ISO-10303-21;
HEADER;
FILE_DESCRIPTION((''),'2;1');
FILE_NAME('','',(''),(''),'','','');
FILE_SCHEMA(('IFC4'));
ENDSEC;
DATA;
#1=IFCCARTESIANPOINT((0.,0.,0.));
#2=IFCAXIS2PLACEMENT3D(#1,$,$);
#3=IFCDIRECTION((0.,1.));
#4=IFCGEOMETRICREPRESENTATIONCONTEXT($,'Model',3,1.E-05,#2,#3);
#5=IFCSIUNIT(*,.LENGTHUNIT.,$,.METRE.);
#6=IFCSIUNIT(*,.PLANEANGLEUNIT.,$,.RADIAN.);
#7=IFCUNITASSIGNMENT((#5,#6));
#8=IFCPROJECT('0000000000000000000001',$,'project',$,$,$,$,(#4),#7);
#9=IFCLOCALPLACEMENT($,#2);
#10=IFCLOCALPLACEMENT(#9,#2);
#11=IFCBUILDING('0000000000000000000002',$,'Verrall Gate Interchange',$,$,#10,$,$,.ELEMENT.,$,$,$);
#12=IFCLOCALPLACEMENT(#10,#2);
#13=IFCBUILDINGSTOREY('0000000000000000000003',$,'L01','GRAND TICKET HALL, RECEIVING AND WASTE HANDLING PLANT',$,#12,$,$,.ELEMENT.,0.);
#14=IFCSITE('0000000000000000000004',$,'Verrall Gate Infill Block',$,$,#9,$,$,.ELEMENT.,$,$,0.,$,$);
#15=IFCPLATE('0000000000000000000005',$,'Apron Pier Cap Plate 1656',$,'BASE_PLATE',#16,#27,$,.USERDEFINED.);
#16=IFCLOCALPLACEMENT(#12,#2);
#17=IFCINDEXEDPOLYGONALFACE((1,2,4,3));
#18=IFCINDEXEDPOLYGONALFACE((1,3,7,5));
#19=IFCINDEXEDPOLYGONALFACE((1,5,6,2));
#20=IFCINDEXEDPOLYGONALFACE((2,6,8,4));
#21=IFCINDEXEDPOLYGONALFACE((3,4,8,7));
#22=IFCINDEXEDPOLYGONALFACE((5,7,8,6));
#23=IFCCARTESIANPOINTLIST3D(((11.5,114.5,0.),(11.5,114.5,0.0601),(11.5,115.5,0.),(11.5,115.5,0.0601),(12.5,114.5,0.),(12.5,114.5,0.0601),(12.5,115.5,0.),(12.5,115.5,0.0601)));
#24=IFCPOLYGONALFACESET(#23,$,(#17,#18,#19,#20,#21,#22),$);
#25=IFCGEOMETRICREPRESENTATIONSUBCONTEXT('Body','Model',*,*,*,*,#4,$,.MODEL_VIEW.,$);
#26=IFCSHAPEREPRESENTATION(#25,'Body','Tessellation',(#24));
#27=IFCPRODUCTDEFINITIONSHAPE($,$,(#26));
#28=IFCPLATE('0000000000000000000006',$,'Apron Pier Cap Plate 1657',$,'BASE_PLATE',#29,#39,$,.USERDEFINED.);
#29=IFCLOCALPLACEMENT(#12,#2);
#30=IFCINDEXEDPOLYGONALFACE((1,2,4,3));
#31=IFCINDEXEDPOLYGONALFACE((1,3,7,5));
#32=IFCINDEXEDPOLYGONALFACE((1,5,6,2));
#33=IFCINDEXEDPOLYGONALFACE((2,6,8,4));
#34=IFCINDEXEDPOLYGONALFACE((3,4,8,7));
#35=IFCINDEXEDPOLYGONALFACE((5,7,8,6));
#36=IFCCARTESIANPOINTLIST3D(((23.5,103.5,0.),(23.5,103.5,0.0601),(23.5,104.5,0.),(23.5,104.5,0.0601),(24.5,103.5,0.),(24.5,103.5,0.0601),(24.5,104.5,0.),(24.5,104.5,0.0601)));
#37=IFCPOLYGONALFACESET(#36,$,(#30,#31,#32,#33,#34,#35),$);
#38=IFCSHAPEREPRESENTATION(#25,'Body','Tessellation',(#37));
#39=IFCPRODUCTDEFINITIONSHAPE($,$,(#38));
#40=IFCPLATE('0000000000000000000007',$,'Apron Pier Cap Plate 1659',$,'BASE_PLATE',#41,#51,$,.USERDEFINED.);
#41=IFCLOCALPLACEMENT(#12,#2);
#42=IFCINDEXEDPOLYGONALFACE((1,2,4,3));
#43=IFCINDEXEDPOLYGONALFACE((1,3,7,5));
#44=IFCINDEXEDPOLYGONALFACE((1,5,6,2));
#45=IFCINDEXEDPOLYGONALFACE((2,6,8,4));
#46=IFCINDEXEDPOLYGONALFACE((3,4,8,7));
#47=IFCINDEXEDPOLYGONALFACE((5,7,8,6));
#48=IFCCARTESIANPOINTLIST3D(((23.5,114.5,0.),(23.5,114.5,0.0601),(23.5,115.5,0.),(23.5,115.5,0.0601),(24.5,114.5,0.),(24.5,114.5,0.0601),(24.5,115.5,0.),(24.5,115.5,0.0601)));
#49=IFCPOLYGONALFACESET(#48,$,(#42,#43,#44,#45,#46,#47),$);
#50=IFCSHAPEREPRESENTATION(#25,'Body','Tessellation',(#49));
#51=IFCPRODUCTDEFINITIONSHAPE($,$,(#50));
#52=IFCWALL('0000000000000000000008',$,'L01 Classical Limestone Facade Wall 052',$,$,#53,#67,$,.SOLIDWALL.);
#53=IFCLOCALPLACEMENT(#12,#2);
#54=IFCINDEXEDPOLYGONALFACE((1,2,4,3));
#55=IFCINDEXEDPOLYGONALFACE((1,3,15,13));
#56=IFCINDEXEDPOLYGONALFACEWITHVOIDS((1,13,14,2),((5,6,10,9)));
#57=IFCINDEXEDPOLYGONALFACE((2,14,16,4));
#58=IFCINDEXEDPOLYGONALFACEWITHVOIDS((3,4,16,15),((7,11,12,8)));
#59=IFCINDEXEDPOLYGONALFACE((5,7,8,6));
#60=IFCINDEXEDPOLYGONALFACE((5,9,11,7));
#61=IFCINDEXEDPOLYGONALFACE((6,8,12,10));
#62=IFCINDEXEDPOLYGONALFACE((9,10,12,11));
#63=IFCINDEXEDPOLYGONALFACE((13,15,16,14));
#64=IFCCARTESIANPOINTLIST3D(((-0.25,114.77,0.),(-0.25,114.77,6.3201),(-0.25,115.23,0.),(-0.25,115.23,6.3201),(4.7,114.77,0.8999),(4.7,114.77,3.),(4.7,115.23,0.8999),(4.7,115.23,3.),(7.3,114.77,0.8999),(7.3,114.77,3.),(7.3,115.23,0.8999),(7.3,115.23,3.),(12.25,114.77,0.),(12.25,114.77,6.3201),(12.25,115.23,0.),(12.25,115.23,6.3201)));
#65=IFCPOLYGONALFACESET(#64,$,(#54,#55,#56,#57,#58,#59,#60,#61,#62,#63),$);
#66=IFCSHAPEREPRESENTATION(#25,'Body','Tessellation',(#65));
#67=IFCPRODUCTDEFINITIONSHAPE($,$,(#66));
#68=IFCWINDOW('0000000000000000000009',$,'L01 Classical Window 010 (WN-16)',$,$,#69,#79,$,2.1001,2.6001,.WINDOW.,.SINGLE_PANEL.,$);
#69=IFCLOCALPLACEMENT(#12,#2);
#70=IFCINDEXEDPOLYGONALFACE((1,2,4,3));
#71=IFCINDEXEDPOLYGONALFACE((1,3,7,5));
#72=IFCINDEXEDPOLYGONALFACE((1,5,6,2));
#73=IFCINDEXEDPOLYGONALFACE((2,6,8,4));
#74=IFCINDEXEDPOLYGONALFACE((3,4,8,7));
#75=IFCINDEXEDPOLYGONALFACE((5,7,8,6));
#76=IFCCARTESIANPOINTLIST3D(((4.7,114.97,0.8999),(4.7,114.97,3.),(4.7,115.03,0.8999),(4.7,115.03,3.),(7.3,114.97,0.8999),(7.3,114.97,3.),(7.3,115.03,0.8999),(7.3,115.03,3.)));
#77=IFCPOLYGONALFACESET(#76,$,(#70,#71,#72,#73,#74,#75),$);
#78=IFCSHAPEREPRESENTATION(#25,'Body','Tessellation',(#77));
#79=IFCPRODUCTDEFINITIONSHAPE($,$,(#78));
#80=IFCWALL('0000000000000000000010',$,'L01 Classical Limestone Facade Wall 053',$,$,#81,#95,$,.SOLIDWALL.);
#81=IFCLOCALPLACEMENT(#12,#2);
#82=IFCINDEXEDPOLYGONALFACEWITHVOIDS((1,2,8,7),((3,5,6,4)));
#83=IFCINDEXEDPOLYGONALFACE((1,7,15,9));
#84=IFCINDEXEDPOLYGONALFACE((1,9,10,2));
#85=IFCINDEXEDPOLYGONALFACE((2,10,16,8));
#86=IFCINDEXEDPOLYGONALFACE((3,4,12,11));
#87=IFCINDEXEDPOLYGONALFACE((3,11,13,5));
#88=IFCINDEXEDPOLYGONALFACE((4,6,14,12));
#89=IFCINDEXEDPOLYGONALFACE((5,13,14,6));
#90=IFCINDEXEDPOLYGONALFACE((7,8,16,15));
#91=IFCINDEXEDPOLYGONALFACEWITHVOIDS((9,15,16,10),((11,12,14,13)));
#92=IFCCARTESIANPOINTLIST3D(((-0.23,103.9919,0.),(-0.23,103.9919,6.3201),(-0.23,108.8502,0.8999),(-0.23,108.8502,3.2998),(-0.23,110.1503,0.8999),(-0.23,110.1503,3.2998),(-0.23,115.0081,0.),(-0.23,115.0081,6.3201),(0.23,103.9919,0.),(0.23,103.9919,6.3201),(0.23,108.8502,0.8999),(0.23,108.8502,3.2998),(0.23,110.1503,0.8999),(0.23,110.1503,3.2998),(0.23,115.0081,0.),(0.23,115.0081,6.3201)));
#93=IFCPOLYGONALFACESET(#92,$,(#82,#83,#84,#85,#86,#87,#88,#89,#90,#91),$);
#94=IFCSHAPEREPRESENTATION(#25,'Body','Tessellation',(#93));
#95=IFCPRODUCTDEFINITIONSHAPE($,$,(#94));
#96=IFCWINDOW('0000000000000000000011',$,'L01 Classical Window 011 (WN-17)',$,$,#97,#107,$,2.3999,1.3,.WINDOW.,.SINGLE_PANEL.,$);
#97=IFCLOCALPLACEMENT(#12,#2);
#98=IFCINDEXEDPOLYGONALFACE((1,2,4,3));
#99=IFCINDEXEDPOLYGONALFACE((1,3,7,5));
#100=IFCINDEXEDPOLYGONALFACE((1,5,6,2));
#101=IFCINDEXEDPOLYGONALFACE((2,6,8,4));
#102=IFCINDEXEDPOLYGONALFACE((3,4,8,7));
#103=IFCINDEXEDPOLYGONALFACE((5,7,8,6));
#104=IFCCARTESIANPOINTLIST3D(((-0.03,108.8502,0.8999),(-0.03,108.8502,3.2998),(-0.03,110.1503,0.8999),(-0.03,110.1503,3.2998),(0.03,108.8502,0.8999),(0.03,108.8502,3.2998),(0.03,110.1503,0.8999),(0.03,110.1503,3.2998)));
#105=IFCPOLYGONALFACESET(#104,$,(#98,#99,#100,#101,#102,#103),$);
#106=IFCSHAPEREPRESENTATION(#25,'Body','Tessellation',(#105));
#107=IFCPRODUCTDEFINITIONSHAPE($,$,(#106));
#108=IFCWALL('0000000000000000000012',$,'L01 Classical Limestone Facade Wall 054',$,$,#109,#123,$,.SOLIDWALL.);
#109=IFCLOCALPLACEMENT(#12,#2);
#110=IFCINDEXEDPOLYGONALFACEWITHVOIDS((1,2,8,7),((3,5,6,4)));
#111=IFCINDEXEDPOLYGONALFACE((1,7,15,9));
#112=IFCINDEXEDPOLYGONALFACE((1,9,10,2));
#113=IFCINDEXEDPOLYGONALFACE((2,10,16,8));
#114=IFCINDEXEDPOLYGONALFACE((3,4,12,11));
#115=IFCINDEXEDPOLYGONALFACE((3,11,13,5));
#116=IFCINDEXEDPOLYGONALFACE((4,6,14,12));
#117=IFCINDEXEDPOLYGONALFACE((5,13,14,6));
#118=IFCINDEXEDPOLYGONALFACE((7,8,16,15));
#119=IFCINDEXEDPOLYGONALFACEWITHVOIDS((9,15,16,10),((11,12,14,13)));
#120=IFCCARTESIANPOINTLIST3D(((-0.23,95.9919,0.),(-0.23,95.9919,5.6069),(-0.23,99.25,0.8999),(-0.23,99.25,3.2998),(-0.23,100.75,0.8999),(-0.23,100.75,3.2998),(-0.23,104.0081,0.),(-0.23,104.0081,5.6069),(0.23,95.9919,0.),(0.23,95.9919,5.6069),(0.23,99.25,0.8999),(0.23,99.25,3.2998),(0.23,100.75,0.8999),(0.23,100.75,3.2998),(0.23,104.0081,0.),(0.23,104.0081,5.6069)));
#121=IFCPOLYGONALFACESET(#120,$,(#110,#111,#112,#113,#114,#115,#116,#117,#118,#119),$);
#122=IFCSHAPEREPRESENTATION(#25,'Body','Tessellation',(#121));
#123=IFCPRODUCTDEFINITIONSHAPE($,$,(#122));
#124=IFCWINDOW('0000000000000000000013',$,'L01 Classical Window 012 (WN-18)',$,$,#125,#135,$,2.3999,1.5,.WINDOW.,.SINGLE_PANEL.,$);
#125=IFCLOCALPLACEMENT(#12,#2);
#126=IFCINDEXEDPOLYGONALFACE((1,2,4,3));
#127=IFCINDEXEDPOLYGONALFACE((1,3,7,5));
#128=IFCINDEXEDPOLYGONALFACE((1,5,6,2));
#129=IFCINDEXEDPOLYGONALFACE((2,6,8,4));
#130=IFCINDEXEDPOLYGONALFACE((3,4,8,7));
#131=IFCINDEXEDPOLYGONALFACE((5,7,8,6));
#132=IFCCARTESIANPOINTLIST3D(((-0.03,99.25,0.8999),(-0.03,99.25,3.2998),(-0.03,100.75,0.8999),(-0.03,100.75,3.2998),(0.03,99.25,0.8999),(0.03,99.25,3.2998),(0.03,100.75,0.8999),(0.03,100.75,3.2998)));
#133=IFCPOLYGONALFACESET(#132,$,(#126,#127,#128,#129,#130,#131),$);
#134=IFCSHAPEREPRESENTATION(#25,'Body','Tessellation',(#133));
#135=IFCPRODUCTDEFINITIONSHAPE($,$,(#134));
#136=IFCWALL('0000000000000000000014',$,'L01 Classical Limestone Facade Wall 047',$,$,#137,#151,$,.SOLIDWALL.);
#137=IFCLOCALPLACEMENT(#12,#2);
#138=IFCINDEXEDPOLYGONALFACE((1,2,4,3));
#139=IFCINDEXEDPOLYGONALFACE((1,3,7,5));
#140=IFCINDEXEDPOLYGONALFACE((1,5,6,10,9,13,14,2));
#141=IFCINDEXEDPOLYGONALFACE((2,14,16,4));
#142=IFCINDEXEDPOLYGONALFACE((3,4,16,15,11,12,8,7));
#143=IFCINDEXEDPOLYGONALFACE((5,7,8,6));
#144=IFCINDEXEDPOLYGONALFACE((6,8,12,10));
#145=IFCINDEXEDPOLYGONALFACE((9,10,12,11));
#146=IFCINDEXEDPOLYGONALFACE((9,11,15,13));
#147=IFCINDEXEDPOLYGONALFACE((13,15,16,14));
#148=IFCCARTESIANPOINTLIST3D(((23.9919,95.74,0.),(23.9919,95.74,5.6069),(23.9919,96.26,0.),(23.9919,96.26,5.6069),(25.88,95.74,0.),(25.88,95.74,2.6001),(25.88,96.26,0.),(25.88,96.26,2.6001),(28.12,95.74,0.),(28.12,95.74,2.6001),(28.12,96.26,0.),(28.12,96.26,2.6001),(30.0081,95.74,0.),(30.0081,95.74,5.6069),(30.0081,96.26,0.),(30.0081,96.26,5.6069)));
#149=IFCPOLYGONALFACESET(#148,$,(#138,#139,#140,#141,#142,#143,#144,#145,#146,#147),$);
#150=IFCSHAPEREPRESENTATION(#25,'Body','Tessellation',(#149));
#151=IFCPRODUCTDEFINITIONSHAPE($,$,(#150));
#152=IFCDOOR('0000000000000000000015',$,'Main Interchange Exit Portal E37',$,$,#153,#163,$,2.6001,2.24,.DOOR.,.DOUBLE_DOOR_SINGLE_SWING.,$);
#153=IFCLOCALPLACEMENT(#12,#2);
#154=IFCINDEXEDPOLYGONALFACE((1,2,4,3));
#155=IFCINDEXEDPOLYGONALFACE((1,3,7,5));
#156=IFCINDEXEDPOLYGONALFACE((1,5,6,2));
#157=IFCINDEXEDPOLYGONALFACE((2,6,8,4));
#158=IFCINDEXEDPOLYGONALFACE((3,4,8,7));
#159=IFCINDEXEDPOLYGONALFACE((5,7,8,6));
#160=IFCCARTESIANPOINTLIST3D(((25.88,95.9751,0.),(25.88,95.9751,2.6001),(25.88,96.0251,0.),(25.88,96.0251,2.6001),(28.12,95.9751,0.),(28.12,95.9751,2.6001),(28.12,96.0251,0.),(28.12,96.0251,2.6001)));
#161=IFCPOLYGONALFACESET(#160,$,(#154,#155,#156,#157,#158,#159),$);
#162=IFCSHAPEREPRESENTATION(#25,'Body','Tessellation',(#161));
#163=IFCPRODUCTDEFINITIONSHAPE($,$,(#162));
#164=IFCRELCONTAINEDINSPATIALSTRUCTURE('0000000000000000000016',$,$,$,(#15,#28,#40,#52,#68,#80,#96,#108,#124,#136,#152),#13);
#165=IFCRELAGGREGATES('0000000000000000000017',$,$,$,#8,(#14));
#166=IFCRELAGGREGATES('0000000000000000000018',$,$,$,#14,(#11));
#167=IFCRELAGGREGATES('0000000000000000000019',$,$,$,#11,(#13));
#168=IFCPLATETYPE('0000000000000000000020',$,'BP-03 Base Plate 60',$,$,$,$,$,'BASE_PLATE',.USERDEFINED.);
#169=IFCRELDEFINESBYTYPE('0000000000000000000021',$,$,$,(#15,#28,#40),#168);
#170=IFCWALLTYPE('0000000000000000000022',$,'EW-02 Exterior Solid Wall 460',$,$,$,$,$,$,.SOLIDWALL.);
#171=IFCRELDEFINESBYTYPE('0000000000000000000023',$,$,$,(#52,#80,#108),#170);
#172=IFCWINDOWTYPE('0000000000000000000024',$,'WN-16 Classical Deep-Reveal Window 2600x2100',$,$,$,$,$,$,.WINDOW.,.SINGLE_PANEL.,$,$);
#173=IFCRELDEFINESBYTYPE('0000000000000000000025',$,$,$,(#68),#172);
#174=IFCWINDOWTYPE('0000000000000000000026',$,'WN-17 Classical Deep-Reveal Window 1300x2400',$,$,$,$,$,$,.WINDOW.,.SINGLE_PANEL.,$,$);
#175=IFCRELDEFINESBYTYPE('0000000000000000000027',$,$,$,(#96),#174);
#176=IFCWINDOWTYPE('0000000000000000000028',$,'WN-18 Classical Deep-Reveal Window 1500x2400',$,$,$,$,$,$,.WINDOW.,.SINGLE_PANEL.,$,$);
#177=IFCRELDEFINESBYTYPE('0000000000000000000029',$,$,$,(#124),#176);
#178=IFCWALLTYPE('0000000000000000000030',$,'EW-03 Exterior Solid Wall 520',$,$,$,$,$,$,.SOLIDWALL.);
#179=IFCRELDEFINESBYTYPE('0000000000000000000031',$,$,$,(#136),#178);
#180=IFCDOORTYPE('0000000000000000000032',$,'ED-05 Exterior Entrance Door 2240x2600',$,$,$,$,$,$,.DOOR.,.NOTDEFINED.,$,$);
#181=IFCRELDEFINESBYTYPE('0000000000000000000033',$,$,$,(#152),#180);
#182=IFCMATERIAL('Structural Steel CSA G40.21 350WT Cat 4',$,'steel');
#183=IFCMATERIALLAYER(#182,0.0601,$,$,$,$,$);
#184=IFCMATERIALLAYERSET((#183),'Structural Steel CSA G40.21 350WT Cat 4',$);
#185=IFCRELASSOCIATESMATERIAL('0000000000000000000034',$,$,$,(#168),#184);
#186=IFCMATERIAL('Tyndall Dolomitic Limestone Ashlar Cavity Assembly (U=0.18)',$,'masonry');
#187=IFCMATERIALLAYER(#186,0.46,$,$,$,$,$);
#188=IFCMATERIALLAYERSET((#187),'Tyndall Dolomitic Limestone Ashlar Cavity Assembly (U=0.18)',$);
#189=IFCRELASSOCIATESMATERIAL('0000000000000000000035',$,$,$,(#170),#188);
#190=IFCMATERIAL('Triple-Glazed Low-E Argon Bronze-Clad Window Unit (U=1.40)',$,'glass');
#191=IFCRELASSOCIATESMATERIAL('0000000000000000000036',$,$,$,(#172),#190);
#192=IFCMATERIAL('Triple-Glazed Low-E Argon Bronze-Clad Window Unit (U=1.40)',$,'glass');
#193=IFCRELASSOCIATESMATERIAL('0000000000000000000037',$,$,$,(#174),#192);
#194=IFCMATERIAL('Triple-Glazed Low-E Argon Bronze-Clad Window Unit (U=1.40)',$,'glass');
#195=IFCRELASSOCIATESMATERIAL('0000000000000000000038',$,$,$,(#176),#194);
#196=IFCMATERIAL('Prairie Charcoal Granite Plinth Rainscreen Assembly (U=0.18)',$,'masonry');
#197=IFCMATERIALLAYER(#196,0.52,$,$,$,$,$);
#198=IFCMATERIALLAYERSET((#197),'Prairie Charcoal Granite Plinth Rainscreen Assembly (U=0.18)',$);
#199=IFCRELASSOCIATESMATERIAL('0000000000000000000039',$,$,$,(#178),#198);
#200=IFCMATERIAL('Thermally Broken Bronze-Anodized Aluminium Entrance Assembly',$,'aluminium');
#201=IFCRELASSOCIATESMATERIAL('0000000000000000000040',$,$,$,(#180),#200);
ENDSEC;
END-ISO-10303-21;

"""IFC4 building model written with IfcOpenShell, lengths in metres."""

from ifc_helpers import new_model, si_unit, direction, frame, frame_2d, origin, origin_2d, place, context, subcontext, project, spatial, rectangle, extrude, material, layer, layer_set, type_object, element, fill, save


model = new_model("IFC4")

# Units and contexts
model_context = context("Model", 3, precision=1e-05, world=origin(), true_north=direction((0.0, 1.0)))
body_context = subcontext(model_context, "Body", "Model", "MODEL_VIEW")
ifc_project = project(units=[si_unit("LENGTHUNIT", "METRE"), si_unit("PLANEANGLEUNIT", "RADIAN")], contexts=[model_context])

# Site, building, storey
site_placement = place(None, origin())
site = spatial("IfcSite", under=ifc_project, at=site_placement, Name="Verrall Gate Infill Block", CompositionType="ELEMENT", RefElevation=0.0)
building_placement = place(site_placement, origin())
building = spatial("IfcBuilding", under=site, at=building_placement, Name="Verrall Gate Interchange", CompositionType="ELEMENT")
storey_placement = place(building_placement, origin())
storey = spatial("IfcBuildingStorey", under=building, at=storey_placement, Name="L01", Description="GRAND TICKET HALL, RECEIVING AND WASTE HANDLING PLANT", CompositionType="ELEMENT", Elevation=0.0)

# Plates
ifc_material_1 = material(Name="Structural Steel CSA G40.21 350WT Cat 4", Category="steel")
ifc_layer_1 = layer(ifc_material_1, 0.0601)
ifc_layer_set_1 = layer_set([ifc_layer_1], Name="Structural Steel CSA G40.21 350WT Cat 4")
plate_type = type_object("IfcPlateType", Name="BP-03 Base Plate 60", ElementType="BASE_PLATE", PredefinedType="USERDEFINED", material=ifc_layer_set_1)
for number, where, z_axis, x_axis, name in (
    (1, (12.0, 115.0, 0.0), (0.0, 0.0, 1.0), (1.0, 0.0, 0.0), "Apron Pier Cap Plate 1656"),
    (2, (24.0, 104.0, 0.0), (0.0, 0.0, 1.0), (1.0, 0.0, 0.0), "Apron Pier Cap Plate 1657"),
    (3, (24.0, 115.0, 0.0), (0.0, 0.0, 1.0), (1.0, 0.0, 0.0), "Apron Pier Cap Plate 1659"),
):
    element("IfcPlate", number, at=place(storey_placement, frame(where, z_axis=z_axis, x_axis=x_axis)), inside=storey, type_object=plate_type, Name=name, ObjectType="BASE_PLATE", PredefinedType="USERDEFINED", context=body_context, shape_type="SweptSolid", body=[
        extrude(rectangle(XDim=1.0, YDim=1.0, at=origin_2d()), origin(), (0.0, 0.0, 1.0), 0.0601),
    ])

# Shared definitions
ifc_material_2 = material(Name="Tyndall Dolomitic Limestone Ashlar Cavity Assembly (U=0.18)", Category="masonry")
ifc_layer_2 = layer(ifc_material_2, 0.46)
ifc_layer_set_2 = layer_set([ifc_layer_2], Name="Tyndall Dolomitic Limestone Ashlar Cavity Assembly (U=0.18)")
wall_type_1 = type_object("IfcWallType", Name="EW-02 Exterior Solid Wall 460", PredefinedType="SOLIDWALL", material=ifc_layer_set_2)

# Walls, openings, windows
wall_1_placement = place(storey_placement, frame((12.25, 115.0, 0.0), z_axis=(0.0, 0.0, 1.0), x_axis=(-1.0, 0.0, 0.0)))
wall_1 = element("IfcWall", 4, at=wall_1_placement, inside=storey, type_object=wall_type_1, Name="L01 Classical Limestone Facade Wall 052", PredefinedType="SOLIDWALL", context=body_context, shape_type="SweptSolid", body=[
    extrude(rectangle(XDim=12.5, YDim=0.46, at=frame_2d((6.25, 0.0))), origin(), (0.0, 0.0, 1.0), 6.3201),
])
opening_1_placement = place(wall_1_placement, frame((4.95, 0.0, 0.8999)))
opening_1 = element("IfcOpeningElement", 5, at=opening_1_placement, cuts=wall_1, PredefinedType="OPENING", context=body_context, shape_type="SweptSolid", body=[
    extrude(rectangle(XDim=2.6001, YDim=2.1001, at=frame_2d((1.3, 1.05))), frame((0.0, 0.2449, 0.0), z_axis=(0.0, -1.0, 0.0), x_axis=(1.0, 0.0, 0.0)), (0.0, 0.0, 1.0), 0.4897),
])
ifc_material_3 = material(Name="Triple-Glazed Low-E Argon Bronze-Clad Window Unit (U=1.40)", Category="glass")
window_type_1 = type_object("IfcWindowType", Name="WN-16 Classical Deep-Reveal Window 2600x2100", PartitioningType="SINGLE_PANEL", PredefinedType="WINDOW", material=ifc_material_3)
window_1_placement = place(opening_1_placement, origin())
window_1 = element("IfcWindow", 6, at=window_1_placement, inside=storey, type_object=window_type_1, Name="L01 Classical Window 010 (WN-16)", OverallHeight=2.1001, OverallWidth=2.6001, PartitioningType="SINGLE_PANEL", PredefinedType="WINDOW", context=body_context, shape_type="SweptSolid", body=[
    extrude(rectangle(XDim=2.6001, YDim=2.1001, at=frame_2d((1.3, 1.05))), frame((0.0, 0.03, 0.0), z_axis=(0.0, -1.0, 0.0), x_axis=(1.0, 0.0, 0.0)), (0.0, 0.0, 1.0), 0.0601),
])
fill(opening_1, window_1)
wall_2_placement = place(storey_placement, frame((0.0, 115.0081, 0.0), z_axis=(0.0, 0.0, 1.0), x_axis=(0.0, -1.0, 0.0)))
wall_2 = element("IfcWall", 7, at=wall_2_placement, inside=storey, type_object=wall_type_1, Name="L01 Classical Limestone Facade Wall 053", PredefinedType="SOLIDWALL", context=body_context, shape_type="SweptSolid", body=[
    extrude(rectangle(XDim=11.0161, YDim=0.46, at=frame_2d((5.5081, 0.0))), origin(), (0.0, 0.0, 1.0), 6.3201),
])
opening_2_placement = place(wall_2_placement, frame((4.8579, 0.0, 0.8999)))
opening_2 = element("IfcOpeningElement", 8, at=opening_2_placement, cuts=wall_2, PredefinedType="OPENING", context=body_context, shape_type="SweptSolid", body=[
    extrude(rectangle(XDim=1.3, YDim=2.3999, at=frame_2d((0.6499, 1.2))), frame((0.0, 0.2449, 0.0), z_axis=(0.0, -1.0, 0.0), x_axis=(1.0, 0.0, 0.0)), (0.0, 0.0, 1.0), 0.4897),
])
ifc_material_4 = material(Name="Triple-Glazed Low-E Argon Bronze-Clad Window Unit (U=1.40)", Category="glass")
window_type_2 = type_object("IfcWindowType", Name="WN-17 Classical Deep-Reveal Window 1300x2400", PartitioningType="SINGLE_PANEL", PredefinedType="WINDOW", material=ifc_material_4)
window_2_placement = place(opening_2_placement, origin())
window_2 = element("IfcWindow", 9, at=window_2_placement, inside=storey, type_object=window_type_2, Name="L01 Classical Window 011 (WN-17)", OverallHeight=2.3999, OverallWidth=1.3, PartitioningType="SINGLE_PANEL", PredefinedType="WINDOW", context=body_context, shape_type="SweptSolid", body=[
    extrude(rectangle(XDim=1.3, YDim=2.3999, at=frame_2d((0.6499, 1.2))), frame((0.0, 0.03, 0.0), z_axis=(0.0, -1.0, 0.0), x_axis=(1.0, 0.0, 0.0)), (0.0, 0.0, 1.0), 0.0601),
])
fill(opening_2, window_2)
wall_3_placement = place(storey_placement, frame((0.0, 104.0081, 0.0), z_axis=(0.0, 0.0, 1.0), x_axis=(0.0, -1.0, 0.0)))
wall_3 = element("IfcWall", 10, at=wall_3_placement, inside=storey, type_object=wall_type_1, Name="L01 Classical Limestone Facade Wall 054", PredefinedType="SOLIDWALL", context=body_context, shape_type="SweptSolid", body=[
    extrude(rectangle(XDim=8.0161, YDim=0.46, at=frame_2d((4.0081, 0.0))), origin(), (0.0, 0.0, 1.0), 5.6069),
])
opening_3_placement = place(wall_3_placement, frame((3.2581, 0.0, 0.8999)))
opening_3 = element("IfcOpeningElement", 11, at=opening_3_placement, cuts=wall_3, PredefinedType="OPENING", context=body_context, shape_type="SweptSolid", body=[
    extrude(rectangle(XDim=1.5, YDim=2.3999, at=frame_2d((0.75, 1.2))), frame((0.0, 0.2449, 0.0), z_axis=(0.0, -1.0, 0.0), x_axis=(1.0, 0.0, 0.0)), (0.0, 0.0, 1.0), 0.4897),
])
ifc_material_5 = material(Name="Triple-Glazed Low-E Argon Bronze-Clad Window Unit (U=1.40)", Category="glass")
window_type_3 = type_object("IfcWindowType", Name="WN-18 Classical Deep-Reveal Window 1500x2400", PartitioningType="SINGLE_PANEL", PredefinedType="WINDOW", material=ifc_material_5)
window_3_placement = place(opening_3_placement, origin())
window_3 = element("IfcWindow", 12, at=window_3_placement, inside=storey, type_object=window_type_3, Name="L01 Classical Window 012 (WN-18)", OverallHeight=2.3999, OverallWidth=1.5, PartitioningType="SINGLE_PANEL", PredefinedType="WINDOW", context=body_context, shape_type="SweptSolid", body=[
    extrude(rectangle(XDim=1.5, YDim=2.3999, at=frame_2d((0.75, 1.2))), frame((0.0, 0.03, 0.0), z_axis=(0.0, -1.0, 0.0), x_axis=(1.0, 0.0, 0.0)), (0.0, 0.0, 1.0), 0.0601),
])
fill(opening_3, window_3)

# Wall, opening, door
ifc_material_6 = material(Name="Prairie Charcoal Granite Plinth Rainscreen Assembly (U=0.18)", Category="masonry")
ifc_layer_3 = layer(ifc_material_6, 0.52)
ifc_layer_set_3 = layer_set([ifc_layer_3], Name="Prairie Charcoal Granite Plinth Rainscreen Assembly (U=0.18)")
wall_type_2 = type_object("IfcWallType", Name="EW-03 Exterior Solid Wall 520", PredefinedType="SOLIDWALL", material=ifc_layer_set_3)
wall_4_placement = place(storey_placement, frame((30.0081, 96.0, 0.0), z_axis=(0.0, 0.0, 1.0), x_axis=(-1.0, 0.0, 0.0)))
wall_4 = element("IfcWall", 13, at=wall_4_placement, inside=storey, type_object=wall_type_2, Name="L01 Classical Limestone Facade Wall 047", PredefinedType="SOLIDWALL", context=body_context, shape_type="SweptSolid", body=[
    extrude(rectangle(XDim=6.0161, YDim=0.52, at=frame_2d((3.0081, 0.0))), origin(), (0.0, 0.0, 1.0), 5.6069),
])
opening_4_placement = place(wall_4_placement, frame((1.8879, 0.0, 0.0)))
opening_4 = element("IfcOpeningElement", 14, at=opening_4_placement, cuts=wall_4, PredefinedType="OPENING", context=body_context, shape_type="SweptSolid", body=[
    extrude(rectangle(XDim=2.24, YDim=2.6001, at=frame_2d((1.1201, 1.3))), frame((0.0, 0.2749, 0.0), z_axis=(0.0, -1.0, 0.0), x_axis=(1.0, 0.0, 0.0)), (0.0, 0.0, 1.0), 0.5498),
])
ifc_material_7 = material(Name="Thermally Broken Bronze-Anodized Aluminium Entrance Assembly", Category="aluminium")
door_type_1 = type_object("IfcDoorType", Name="ED-05 Exterior Entrance Door 2240x2600", OperationType="NOTDEFINED", PredefinedType="DOOR", material=ifc_material_7)
door_1_placement = place(opening_4_placement, origin())
door_1 = element("IfcDoor", 15, at=door_1_placement, inside=storey, type_object=door_type_1, Name="Main Interchange Exit Portal E37", OperationType="DOUBLE_DOOR_SINGLE_SWING", OverallHeight=2.6001, OverallWidth=2.24, PredefinedType="DOOR", context=body_context, shape_type="SweptSolid", body=[
    extrude(rectangle(XDim=2.24, YDim=2.6001, at=frame_2d((1.1201, 1.3))), frame((0.0, 0.0249, 0.0), z_axis=(0.0, -1.0, 0.0), x_axis=(1.0, 0.0, 0.0)), (0.0, 0.0, 1.0), 0.05),
])
fill(opening_4, door_1)

save(model, "model.ifc")
